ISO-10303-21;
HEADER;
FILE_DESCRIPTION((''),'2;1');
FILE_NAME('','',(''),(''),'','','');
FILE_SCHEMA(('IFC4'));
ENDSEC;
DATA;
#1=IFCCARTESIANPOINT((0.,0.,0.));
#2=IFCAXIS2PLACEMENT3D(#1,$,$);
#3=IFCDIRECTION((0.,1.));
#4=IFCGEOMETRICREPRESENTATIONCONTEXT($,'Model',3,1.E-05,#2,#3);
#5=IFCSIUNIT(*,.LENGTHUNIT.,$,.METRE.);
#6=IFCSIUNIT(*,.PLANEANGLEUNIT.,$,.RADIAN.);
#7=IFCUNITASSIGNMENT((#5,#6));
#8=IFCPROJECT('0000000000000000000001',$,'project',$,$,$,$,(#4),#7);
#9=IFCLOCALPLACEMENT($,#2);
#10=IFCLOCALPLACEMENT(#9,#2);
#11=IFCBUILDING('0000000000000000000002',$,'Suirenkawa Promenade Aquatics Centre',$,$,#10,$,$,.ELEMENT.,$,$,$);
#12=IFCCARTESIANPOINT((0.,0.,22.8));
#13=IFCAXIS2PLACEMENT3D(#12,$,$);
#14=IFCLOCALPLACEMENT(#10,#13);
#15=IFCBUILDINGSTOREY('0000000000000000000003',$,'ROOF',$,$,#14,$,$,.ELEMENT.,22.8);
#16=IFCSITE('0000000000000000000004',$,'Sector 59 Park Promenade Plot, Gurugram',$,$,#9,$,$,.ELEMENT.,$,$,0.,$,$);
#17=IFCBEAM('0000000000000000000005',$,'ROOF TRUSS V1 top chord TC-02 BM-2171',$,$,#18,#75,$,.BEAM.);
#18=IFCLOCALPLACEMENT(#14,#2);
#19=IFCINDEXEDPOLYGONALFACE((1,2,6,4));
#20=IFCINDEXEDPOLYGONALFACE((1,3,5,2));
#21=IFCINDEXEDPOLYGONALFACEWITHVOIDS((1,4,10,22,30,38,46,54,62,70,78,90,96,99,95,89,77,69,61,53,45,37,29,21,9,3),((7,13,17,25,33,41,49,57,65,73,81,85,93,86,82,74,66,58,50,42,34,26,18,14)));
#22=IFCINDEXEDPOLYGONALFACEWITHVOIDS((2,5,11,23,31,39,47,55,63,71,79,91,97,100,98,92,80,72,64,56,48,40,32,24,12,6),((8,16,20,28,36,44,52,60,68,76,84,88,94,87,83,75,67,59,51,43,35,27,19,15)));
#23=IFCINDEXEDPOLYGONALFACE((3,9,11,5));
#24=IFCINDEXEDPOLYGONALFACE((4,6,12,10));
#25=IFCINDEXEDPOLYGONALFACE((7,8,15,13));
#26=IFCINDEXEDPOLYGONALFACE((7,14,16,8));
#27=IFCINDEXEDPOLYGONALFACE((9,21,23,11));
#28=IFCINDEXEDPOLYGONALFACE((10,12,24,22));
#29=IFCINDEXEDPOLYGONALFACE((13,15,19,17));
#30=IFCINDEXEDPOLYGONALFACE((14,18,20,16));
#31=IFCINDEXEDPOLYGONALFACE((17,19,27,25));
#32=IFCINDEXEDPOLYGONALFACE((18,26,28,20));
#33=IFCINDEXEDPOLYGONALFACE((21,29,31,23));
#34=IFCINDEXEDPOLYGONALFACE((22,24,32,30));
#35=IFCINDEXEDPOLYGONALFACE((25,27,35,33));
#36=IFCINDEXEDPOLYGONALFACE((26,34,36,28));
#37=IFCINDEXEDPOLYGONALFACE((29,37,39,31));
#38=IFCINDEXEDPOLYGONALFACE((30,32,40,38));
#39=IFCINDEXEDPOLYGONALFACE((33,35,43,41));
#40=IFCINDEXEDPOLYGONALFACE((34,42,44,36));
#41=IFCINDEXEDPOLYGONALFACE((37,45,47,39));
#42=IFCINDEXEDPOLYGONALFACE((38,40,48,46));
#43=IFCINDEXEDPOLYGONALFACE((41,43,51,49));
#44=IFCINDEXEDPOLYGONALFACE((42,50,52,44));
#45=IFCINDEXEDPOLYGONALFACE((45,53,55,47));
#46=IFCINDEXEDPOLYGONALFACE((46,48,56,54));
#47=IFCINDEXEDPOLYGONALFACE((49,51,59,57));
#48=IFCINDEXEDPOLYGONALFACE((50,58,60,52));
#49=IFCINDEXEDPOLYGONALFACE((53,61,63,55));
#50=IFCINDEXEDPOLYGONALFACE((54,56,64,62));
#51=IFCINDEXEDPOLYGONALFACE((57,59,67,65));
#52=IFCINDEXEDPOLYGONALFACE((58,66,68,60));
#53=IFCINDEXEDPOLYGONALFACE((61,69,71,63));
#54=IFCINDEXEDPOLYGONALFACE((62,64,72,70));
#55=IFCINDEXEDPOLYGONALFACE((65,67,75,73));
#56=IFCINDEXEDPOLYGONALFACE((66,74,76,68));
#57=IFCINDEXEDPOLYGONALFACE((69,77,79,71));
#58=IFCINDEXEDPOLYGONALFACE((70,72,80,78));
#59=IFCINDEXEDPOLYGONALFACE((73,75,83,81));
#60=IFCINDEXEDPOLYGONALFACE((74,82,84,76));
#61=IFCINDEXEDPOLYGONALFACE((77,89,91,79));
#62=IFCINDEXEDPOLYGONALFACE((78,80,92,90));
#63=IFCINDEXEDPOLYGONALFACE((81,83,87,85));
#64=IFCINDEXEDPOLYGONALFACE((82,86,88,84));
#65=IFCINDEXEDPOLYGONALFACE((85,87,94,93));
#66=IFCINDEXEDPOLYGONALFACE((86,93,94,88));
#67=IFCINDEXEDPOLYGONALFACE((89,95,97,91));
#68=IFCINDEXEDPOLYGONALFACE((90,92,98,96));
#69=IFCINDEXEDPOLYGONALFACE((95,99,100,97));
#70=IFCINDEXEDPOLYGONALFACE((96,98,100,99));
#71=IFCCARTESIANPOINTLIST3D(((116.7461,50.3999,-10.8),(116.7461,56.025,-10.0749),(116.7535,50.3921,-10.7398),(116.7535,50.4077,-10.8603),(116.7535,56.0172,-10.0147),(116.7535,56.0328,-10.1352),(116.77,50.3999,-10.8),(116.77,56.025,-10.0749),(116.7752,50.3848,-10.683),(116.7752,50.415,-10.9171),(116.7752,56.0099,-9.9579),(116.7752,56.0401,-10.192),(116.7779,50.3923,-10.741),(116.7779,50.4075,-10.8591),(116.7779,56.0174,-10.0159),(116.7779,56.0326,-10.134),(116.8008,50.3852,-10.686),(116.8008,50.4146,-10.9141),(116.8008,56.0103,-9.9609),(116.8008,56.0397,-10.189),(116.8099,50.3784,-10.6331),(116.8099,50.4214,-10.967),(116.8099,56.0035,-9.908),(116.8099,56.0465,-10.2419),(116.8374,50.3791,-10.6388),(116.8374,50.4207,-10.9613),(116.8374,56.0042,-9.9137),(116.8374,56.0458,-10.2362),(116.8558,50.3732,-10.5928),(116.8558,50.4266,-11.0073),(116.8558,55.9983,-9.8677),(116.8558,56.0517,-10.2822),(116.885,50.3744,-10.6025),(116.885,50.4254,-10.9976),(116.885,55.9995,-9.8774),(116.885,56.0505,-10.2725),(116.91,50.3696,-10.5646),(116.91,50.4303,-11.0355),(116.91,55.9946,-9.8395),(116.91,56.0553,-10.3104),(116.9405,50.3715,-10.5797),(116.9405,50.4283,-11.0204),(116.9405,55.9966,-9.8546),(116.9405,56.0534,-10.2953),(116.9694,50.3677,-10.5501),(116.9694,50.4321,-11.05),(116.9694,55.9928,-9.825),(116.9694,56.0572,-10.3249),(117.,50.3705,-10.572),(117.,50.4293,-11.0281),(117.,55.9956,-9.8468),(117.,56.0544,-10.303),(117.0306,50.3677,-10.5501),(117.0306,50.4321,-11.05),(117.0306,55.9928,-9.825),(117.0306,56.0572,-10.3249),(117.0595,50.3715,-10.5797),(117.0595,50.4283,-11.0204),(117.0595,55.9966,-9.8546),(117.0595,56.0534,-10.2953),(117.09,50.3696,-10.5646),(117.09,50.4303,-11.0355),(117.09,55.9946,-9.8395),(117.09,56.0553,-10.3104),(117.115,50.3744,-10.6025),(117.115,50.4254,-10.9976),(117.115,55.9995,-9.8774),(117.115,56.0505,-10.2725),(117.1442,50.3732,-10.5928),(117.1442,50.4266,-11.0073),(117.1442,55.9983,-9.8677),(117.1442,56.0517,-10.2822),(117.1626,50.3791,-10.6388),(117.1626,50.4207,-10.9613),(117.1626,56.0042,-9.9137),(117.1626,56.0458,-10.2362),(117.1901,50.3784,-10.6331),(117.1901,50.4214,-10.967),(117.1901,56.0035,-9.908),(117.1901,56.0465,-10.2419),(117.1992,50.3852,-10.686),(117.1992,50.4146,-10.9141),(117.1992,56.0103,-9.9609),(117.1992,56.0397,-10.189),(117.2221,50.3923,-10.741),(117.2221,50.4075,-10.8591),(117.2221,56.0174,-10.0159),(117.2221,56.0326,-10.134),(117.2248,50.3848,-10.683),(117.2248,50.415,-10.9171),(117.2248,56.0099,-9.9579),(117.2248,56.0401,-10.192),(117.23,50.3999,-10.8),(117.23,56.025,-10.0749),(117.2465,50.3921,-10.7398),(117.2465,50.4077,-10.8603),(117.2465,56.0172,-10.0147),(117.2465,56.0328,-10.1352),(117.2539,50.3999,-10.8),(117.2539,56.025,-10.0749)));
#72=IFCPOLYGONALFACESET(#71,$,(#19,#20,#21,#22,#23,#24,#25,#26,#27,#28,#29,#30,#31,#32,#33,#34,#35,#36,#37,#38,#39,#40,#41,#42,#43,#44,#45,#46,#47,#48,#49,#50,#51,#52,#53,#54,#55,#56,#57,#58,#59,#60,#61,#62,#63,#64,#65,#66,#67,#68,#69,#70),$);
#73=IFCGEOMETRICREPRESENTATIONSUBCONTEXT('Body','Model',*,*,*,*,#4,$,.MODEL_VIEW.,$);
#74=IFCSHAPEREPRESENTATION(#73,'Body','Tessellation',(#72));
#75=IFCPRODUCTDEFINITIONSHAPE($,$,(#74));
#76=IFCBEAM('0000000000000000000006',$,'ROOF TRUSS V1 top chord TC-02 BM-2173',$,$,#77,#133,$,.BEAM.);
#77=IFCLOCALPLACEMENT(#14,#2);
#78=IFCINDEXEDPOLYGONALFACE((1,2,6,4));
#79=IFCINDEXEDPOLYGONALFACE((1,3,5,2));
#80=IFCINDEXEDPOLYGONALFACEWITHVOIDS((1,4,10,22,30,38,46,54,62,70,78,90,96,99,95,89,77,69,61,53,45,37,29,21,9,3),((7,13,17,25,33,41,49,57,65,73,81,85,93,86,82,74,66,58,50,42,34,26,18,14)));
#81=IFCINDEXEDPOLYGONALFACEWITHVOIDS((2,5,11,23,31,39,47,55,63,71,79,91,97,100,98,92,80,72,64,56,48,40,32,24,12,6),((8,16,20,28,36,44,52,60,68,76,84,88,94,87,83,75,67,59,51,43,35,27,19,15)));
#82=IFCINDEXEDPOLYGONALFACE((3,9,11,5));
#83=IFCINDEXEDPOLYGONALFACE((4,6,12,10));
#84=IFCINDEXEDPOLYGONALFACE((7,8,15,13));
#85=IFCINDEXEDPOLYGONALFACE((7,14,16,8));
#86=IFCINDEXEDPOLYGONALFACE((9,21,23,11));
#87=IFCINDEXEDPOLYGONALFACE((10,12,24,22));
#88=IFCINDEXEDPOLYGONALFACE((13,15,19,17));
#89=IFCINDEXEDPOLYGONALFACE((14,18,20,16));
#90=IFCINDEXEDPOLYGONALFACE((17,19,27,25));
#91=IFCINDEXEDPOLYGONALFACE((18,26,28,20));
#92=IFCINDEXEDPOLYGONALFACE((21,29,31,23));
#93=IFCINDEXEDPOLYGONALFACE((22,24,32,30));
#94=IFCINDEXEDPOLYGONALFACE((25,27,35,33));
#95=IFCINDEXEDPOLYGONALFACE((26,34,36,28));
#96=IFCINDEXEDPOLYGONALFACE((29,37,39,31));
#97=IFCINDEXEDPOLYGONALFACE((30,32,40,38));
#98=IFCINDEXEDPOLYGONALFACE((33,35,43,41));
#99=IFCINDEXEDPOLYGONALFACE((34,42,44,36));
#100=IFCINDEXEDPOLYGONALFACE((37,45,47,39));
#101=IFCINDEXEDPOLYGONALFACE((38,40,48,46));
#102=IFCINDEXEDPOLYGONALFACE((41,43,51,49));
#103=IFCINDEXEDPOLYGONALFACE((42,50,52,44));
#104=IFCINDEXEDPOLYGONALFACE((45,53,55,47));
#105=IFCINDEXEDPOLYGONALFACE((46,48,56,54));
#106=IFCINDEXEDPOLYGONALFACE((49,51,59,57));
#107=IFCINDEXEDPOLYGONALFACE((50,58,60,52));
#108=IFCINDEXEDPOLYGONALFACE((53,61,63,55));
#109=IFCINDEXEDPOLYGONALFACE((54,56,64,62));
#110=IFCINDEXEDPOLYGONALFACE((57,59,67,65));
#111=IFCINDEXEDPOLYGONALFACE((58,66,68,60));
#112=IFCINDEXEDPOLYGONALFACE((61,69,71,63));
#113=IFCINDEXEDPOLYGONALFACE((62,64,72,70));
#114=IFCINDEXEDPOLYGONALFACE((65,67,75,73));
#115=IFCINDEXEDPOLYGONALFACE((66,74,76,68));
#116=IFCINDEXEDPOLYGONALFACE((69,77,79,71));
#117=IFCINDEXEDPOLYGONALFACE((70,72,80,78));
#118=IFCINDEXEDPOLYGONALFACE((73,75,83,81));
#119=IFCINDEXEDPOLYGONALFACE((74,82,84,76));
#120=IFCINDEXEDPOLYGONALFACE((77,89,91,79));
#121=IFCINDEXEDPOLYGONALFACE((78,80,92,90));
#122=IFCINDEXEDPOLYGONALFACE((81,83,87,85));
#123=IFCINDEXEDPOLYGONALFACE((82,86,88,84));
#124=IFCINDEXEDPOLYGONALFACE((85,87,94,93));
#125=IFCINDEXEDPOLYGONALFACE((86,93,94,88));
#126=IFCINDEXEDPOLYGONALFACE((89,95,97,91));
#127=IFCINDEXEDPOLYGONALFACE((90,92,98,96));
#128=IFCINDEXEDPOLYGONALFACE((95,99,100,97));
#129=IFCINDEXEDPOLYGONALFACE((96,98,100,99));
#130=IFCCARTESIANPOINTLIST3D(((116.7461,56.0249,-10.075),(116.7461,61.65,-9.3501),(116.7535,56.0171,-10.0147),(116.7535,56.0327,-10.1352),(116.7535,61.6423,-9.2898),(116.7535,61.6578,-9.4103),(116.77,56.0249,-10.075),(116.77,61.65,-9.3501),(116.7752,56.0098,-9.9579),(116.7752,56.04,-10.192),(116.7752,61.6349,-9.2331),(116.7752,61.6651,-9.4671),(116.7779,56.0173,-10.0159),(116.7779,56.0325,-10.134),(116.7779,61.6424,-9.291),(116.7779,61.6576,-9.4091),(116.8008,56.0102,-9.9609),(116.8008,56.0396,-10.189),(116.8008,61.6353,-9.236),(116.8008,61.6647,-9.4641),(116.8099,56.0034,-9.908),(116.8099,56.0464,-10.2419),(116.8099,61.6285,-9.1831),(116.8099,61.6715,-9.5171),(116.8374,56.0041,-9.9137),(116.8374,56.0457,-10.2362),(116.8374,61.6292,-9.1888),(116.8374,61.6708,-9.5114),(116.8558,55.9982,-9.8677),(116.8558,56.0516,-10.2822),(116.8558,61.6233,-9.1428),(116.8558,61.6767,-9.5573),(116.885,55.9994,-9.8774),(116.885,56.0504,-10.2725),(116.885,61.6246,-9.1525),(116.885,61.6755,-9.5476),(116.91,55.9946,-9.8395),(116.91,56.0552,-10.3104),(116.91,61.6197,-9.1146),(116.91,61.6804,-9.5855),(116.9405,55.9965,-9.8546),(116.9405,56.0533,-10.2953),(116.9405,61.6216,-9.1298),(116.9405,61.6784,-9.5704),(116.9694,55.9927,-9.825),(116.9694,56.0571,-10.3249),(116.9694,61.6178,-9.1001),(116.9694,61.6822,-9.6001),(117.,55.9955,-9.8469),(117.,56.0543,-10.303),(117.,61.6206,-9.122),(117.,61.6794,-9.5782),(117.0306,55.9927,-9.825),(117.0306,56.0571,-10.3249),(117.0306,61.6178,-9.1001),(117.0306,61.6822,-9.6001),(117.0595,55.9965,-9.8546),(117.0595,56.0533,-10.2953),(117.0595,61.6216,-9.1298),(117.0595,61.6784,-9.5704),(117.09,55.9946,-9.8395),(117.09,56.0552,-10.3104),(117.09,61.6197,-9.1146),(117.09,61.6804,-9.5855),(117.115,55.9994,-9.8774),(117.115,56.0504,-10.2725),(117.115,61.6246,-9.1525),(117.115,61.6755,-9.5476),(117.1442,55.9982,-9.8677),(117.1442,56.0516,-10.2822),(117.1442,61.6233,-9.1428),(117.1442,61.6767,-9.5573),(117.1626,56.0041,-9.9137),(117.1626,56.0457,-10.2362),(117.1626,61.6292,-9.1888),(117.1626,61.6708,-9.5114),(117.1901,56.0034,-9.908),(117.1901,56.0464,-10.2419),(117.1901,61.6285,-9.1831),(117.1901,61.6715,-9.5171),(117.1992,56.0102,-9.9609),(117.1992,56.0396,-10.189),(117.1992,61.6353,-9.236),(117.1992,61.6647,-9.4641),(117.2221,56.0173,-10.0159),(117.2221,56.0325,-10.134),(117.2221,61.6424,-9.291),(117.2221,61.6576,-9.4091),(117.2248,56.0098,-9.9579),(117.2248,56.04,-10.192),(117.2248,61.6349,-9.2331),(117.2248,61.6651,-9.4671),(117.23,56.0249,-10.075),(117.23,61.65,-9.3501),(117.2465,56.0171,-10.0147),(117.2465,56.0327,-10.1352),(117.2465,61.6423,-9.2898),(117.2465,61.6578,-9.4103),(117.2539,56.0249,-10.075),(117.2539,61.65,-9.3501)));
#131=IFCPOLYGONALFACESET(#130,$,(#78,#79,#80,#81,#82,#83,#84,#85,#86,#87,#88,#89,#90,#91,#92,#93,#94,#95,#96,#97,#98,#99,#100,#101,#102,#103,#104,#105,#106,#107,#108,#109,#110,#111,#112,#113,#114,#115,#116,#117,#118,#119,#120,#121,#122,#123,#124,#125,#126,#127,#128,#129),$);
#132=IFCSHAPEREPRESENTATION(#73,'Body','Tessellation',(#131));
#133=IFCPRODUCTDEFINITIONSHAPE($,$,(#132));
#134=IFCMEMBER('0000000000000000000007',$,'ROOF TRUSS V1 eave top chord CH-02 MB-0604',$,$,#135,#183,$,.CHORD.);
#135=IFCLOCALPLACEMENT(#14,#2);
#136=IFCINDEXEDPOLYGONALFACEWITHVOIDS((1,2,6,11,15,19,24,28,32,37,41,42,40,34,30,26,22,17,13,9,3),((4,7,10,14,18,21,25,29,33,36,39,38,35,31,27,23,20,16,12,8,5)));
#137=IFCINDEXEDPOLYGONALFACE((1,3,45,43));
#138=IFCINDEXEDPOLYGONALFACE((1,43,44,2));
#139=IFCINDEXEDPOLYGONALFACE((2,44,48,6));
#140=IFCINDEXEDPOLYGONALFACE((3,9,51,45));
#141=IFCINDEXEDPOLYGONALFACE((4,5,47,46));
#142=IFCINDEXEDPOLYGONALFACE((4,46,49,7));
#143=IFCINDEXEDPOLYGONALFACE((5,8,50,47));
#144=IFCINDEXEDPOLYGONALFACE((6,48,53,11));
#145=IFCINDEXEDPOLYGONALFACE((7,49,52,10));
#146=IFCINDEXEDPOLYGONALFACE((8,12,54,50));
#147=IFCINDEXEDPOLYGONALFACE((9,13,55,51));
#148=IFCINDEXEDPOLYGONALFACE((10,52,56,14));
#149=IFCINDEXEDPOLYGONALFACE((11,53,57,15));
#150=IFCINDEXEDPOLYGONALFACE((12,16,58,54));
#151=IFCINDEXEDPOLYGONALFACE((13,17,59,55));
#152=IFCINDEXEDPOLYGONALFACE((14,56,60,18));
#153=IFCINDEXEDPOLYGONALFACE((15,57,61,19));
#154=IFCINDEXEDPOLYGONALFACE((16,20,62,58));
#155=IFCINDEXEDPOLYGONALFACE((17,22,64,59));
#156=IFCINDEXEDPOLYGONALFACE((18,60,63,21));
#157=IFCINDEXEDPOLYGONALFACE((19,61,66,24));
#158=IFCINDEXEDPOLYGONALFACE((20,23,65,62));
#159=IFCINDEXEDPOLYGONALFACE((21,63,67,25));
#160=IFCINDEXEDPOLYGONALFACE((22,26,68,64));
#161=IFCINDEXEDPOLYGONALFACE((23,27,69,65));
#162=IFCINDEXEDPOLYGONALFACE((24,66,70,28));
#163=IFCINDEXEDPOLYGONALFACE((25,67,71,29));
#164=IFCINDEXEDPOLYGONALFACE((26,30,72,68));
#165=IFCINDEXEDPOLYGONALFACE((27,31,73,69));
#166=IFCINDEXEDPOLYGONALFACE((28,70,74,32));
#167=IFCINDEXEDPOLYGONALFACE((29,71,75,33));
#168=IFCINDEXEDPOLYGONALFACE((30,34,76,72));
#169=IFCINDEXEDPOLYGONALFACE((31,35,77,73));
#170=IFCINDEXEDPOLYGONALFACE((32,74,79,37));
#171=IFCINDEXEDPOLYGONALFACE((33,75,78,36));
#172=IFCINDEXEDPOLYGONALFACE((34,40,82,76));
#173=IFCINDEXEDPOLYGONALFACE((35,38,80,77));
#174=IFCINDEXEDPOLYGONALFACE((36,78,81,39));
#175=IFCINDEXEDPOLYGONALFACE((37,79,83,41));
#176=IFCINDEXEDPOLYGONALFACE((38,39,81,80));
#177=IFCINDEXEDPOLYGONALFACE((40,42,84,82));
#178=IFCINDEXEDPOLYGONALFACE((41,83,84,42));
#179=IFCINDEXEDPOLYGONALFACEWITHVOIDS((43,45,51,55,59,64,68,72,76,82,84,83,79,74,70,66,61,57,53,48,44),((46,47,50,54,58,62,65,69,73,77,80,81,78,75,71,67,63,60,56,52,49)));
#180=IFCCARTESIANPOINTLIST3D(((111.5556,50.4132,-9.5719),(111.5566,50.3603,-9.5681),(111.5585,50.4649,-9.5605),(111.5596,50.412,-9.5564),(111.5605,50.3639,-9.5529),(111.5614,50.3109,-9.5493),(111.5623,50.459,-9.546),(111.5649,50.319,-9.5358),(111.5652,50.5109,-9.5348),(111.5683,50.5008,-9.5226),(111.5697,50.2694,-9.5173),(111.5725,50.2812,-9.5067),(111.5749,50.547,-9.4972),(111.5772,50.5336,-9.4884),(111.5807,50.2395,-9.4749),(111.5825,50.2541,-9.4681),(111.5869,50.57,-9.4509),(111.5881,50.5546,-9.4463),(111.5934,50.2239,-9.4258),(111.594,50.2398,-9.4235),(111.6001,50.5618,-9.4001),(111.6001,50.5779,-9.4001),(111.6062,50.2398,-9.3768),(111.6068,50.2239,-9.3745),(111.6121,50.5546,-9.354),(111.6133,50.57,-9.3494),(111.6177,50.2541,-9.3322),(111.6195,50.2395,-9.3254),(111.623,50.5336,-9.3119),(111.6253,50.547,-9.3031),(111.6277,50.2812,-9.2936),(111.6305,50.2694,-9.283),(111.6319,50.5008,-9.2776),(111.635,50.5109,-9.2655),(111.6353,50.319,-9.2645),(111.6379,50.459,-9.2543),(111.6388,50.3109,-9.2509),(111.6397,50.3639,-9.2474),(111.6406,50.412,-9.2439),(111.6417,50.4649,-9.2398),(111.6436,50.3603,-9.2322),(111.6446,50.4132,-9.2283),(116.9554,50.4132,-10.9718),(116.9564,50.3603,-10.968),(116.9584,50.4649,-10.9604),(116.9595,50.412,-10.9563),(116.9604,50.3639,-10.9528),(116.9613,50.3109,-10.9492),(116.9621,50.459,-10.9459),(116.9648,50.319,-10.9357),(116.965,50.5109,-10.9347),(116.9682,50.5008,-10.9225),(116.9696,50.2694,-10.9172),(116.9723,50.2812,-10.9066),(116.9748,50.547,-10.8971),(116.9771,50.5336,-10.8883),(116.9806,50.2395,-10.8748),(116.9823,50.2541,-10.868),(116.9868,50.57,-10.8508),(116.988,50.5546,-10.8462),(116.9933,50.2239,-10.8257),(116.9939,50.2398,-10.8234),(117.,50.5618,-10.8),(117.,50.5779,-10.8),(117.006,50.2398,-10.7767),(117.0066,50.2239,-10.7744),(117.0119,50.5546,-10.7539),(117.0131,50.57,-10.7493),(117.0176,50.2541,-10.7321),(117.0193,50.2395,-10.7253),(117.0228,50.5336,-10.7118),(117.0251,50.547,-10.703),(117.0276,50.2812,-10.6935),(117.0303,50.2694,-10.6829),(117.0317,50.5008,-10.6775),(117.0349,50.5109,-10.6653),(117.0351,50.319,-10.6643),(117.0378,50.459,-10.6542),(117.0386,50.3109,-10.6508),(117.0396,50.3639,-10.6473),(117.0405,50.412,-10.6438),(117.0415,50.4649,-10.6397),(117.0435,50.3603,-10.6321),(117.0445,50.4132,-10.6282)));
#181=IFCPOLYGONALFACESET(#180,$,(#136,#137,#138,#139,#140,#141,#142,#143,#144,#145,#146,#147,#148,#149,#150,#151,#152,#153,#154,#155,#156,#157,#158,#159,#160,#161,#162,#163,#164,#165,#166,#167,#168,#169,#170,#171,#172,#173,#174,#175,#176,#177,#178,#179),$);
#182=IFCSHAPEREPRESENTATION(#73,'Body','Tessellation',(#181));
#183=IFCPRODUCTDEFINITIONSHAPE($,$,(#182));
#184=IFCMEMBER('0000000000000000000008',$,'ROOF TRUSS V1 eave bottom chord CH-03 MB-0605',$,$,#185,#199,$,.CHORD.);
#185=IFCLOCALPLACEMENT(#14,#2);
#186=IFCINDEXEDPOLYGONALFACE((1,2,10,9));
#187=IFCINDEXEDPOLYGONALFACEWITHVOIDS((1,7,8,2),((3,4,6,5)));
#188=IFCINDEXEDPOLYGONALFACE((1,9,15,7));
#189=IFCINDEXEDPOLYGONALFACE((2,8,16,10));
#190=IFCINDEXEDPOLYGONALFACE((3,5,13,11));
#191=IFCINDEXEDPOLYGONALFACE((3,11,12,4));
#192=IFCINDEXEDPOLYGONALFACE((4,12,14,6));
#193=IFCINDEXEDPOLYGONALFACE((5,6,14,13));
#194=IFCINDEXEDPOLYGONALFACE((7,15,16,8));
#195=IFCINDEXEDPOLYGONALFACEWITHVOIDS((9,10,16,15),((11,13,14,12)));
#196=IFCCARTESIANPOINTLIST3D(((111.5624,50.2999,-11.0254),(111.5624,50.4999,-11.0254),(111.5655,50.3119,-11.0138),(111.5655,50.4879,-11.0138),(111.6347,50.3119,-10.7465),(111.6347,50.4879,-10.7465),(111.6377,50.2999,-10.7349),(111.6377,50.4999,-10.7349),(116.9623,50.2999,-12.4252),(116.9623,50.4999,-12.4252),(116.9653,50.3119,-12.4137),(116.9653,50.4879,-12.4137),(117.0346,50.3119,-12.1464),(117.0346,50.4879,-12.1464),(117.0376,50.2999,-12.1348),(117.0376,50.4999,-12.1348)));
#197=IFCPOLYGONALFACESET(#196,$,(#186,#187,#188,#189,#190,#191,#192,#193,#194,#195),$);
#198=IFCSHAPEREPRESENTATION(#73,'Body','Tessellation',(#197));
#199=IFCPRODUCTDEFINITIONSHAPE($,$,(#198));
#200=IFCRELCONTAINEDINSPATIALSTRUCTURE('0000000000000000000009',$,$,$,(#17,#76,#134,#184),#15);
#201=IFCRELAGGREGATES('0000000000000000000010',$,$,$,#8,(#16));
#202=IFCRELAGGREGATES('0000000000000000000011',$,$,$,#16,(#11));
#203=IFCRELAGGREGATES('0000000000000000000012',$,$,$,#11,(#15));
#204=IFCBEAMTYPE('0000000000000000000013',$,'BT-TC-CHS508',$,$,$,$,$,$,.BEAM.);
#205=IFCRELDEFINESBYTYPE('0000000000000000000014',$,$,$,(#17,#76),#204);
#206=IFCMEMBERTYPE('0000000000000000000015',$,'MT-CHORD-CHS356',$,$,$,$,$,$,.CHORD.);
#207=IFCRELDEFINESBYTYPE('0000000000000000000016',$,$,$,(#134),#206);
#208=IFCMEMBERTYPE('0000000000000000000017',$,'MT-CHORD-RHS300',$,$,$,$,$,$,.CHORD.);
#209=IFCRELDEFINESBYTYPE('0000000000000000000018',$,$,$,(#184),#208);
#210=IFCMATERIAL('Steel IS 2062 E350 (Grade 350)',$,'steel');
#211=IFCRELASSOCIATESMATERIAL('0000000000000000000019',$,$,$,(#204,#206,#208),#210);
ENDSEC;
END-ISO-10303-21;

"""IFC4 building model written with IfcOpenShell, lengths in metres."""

from ifc_helpers import new_model, si_unit, direction, frame, origin, origin_2d, place, context, subcontext, project, spatial, hollow_rectangle, hollow_circle, extrude, material, material_profile, profile_set, type_object, element, save


model = new_model("IFC4")

# Units and contexts
model_context = context("Model", 3, precision=1e-05, world=origin(), true_north=direction((0.0, 1.0)))
body_context = subcontext(model_context, "Body", "Model", "MODEL_VIEW")
ifc_project = project(units=[si_unit("LENGTHUNIT", "METRE"), si_unit("PLANEANGLEUNIT", "RADIAN")], contexts=[model_context])

# Site, building, storey
site_placement = place(None, origin())
site = spatial("IfcSite", under=ifc_project, at=site_placement, Name="Sector 59 Park Promenade Plot, Gurugram", CompositionType="ELEMENT", RefElevation=0.0)
building_placement = place(site_placement, origin())
building = spatial("IfcBuilding", under=site, at=building_placement, Name="Suirenkawa Promenade Aquatics Centre", CompositionType="ELEMENT")
storey_placement = place(building_placement, frame((0.0, 0.0, 22.8)))
storey = spatial("IfcBuildingStorey", under=building, at=storey_placement, Name="ROOF", CompositionType="ELEMENT", Elevation=22.8)

# Beams
ifc_material_1 = material(Name="Steel IS 2062 E350 (Grade 350)", Category="steel")
ifc_material_profile_1 = material_profile(ifc_material_1, hollow_circle(Radius=0.2539, WallThickness=0.0239, at=origin_2d()), Name="CHS 508x24", Category="steel")
ifc_profile_set_1 = profile_set([ifc_material_profile_1], Name="Steel IS 2062 E350 (Grade 350)")
beam_type_1 = type_object("IfcBeamType", Name="BT-TC-CHS508", PredefinedType="BEAM", material=ifc_profile_set_1)
for number, where, z_axis, x_axis, name in (
    (1, (117.0, 50.3999, -10.8), (0.0, 0.991794, 0.127848), (-1.0, 0.0, 0.0), "ROOF TRUSS V1 top chord TC-02 BM-2171"),
    (2, (117.0, 56.0249, -10.075), (0.0, 0.991799, 0.127806), (-1.0, 0.0, 0.0), "ROOF TRUSS V1 top chord TC-02 BM-2173"),
):
    element("IfcBeam", number, at=place(storey_placement, frame(where, z_axis=z_axis, x_axis=x_axis)), inside=storey, type_object=beam_type_1, Name=name, PredefinedType="BEAM", context=body_context, shape_type="SweptSolid", body=[
        extrude(hollow_circle(Radius=0.2539, WallThickness=0.0239, at=origin_2d()), origin(), (0.0, 0.0, 1.0), 5.6716),
    ])

# Members
ifc_material_profile_2 = material_profile(ifc_material_1, hollow_circle(Radius=0.178, WallThickness=0.0161, at=origin_2d()), Name="CHS 356x16", Category="steel")
ifc_profile_set_2 = profile_set([ifc_material_profile_2], Name="Steel IS 2062 E350 (Grade 350)")
member_type_1 = type_object("IfcMemberType", Name="MT-CHORD-CHS356", PredefinedType="CHORD", material=ifc_profile_set_2)
member_1_placement = place(storey_placement, frame((111.6001, 50.3999, -9.4001), z_axis=(0.968, 0.0, -0.25095), x_axis=(0.0, 1.0, 0.0)))
element("IfcMember", 3, at=member_1_placement, inside=storey, type_object=member_type_1, Name="ROOF TRUSS V1 eave top chord CH-02 MB-0604", PredefinedType="CHORD", context=body_context, shape_type="SweptSolid", body=[
    extrude(hollow_circle(Radius=0.178, WallThickness=0.0161, at=origin_2d()), origin(), (0.0, 0.0, 1.0), 5.5784),
])
ifc_material_profile_3 = material_profile(ifc_material_1, hollow_rectangle(XDim=0.2, YDim=0.3, WallThickness=0.012, at=origin_2d()), Name="RHS 300x200x12", Category="steel")
ifc_profile_set_3 = profile_set([ifc_material_profile_3], Name="Steel IS 2062 E350 (Grade 350)")
member_type_2 = type_object("IfcMemberType", Name="MT-CHORD-RHS300", PredefinedType="CHORD", material=ifc_profile_set_3)
member_2_placement = place(storey_placement, frame((111.6001, 50.3999, -10.8801), z_axis=(0.968, 0.0, -0.25095), x_axis=(0.0, 1.0, 0.0)))
element("IfcMember", 4, at=member_2_placement, inside=storey, type_object=member_type_2, Name="ROOF TRUSS V1 eave bottom chord CH-03 MB-0605", PredefinedType="CHORD", context=body_context, shape_type="SweptSolid", body=[
    extrude(hollow_rectangle(XDim=0.2, YDim=0.3, WallThickness=0.012, at=origin_2d()), origin(), (0.0, 0.0, 1.0), 5.5784),
])

save(model, "model.ifc")
